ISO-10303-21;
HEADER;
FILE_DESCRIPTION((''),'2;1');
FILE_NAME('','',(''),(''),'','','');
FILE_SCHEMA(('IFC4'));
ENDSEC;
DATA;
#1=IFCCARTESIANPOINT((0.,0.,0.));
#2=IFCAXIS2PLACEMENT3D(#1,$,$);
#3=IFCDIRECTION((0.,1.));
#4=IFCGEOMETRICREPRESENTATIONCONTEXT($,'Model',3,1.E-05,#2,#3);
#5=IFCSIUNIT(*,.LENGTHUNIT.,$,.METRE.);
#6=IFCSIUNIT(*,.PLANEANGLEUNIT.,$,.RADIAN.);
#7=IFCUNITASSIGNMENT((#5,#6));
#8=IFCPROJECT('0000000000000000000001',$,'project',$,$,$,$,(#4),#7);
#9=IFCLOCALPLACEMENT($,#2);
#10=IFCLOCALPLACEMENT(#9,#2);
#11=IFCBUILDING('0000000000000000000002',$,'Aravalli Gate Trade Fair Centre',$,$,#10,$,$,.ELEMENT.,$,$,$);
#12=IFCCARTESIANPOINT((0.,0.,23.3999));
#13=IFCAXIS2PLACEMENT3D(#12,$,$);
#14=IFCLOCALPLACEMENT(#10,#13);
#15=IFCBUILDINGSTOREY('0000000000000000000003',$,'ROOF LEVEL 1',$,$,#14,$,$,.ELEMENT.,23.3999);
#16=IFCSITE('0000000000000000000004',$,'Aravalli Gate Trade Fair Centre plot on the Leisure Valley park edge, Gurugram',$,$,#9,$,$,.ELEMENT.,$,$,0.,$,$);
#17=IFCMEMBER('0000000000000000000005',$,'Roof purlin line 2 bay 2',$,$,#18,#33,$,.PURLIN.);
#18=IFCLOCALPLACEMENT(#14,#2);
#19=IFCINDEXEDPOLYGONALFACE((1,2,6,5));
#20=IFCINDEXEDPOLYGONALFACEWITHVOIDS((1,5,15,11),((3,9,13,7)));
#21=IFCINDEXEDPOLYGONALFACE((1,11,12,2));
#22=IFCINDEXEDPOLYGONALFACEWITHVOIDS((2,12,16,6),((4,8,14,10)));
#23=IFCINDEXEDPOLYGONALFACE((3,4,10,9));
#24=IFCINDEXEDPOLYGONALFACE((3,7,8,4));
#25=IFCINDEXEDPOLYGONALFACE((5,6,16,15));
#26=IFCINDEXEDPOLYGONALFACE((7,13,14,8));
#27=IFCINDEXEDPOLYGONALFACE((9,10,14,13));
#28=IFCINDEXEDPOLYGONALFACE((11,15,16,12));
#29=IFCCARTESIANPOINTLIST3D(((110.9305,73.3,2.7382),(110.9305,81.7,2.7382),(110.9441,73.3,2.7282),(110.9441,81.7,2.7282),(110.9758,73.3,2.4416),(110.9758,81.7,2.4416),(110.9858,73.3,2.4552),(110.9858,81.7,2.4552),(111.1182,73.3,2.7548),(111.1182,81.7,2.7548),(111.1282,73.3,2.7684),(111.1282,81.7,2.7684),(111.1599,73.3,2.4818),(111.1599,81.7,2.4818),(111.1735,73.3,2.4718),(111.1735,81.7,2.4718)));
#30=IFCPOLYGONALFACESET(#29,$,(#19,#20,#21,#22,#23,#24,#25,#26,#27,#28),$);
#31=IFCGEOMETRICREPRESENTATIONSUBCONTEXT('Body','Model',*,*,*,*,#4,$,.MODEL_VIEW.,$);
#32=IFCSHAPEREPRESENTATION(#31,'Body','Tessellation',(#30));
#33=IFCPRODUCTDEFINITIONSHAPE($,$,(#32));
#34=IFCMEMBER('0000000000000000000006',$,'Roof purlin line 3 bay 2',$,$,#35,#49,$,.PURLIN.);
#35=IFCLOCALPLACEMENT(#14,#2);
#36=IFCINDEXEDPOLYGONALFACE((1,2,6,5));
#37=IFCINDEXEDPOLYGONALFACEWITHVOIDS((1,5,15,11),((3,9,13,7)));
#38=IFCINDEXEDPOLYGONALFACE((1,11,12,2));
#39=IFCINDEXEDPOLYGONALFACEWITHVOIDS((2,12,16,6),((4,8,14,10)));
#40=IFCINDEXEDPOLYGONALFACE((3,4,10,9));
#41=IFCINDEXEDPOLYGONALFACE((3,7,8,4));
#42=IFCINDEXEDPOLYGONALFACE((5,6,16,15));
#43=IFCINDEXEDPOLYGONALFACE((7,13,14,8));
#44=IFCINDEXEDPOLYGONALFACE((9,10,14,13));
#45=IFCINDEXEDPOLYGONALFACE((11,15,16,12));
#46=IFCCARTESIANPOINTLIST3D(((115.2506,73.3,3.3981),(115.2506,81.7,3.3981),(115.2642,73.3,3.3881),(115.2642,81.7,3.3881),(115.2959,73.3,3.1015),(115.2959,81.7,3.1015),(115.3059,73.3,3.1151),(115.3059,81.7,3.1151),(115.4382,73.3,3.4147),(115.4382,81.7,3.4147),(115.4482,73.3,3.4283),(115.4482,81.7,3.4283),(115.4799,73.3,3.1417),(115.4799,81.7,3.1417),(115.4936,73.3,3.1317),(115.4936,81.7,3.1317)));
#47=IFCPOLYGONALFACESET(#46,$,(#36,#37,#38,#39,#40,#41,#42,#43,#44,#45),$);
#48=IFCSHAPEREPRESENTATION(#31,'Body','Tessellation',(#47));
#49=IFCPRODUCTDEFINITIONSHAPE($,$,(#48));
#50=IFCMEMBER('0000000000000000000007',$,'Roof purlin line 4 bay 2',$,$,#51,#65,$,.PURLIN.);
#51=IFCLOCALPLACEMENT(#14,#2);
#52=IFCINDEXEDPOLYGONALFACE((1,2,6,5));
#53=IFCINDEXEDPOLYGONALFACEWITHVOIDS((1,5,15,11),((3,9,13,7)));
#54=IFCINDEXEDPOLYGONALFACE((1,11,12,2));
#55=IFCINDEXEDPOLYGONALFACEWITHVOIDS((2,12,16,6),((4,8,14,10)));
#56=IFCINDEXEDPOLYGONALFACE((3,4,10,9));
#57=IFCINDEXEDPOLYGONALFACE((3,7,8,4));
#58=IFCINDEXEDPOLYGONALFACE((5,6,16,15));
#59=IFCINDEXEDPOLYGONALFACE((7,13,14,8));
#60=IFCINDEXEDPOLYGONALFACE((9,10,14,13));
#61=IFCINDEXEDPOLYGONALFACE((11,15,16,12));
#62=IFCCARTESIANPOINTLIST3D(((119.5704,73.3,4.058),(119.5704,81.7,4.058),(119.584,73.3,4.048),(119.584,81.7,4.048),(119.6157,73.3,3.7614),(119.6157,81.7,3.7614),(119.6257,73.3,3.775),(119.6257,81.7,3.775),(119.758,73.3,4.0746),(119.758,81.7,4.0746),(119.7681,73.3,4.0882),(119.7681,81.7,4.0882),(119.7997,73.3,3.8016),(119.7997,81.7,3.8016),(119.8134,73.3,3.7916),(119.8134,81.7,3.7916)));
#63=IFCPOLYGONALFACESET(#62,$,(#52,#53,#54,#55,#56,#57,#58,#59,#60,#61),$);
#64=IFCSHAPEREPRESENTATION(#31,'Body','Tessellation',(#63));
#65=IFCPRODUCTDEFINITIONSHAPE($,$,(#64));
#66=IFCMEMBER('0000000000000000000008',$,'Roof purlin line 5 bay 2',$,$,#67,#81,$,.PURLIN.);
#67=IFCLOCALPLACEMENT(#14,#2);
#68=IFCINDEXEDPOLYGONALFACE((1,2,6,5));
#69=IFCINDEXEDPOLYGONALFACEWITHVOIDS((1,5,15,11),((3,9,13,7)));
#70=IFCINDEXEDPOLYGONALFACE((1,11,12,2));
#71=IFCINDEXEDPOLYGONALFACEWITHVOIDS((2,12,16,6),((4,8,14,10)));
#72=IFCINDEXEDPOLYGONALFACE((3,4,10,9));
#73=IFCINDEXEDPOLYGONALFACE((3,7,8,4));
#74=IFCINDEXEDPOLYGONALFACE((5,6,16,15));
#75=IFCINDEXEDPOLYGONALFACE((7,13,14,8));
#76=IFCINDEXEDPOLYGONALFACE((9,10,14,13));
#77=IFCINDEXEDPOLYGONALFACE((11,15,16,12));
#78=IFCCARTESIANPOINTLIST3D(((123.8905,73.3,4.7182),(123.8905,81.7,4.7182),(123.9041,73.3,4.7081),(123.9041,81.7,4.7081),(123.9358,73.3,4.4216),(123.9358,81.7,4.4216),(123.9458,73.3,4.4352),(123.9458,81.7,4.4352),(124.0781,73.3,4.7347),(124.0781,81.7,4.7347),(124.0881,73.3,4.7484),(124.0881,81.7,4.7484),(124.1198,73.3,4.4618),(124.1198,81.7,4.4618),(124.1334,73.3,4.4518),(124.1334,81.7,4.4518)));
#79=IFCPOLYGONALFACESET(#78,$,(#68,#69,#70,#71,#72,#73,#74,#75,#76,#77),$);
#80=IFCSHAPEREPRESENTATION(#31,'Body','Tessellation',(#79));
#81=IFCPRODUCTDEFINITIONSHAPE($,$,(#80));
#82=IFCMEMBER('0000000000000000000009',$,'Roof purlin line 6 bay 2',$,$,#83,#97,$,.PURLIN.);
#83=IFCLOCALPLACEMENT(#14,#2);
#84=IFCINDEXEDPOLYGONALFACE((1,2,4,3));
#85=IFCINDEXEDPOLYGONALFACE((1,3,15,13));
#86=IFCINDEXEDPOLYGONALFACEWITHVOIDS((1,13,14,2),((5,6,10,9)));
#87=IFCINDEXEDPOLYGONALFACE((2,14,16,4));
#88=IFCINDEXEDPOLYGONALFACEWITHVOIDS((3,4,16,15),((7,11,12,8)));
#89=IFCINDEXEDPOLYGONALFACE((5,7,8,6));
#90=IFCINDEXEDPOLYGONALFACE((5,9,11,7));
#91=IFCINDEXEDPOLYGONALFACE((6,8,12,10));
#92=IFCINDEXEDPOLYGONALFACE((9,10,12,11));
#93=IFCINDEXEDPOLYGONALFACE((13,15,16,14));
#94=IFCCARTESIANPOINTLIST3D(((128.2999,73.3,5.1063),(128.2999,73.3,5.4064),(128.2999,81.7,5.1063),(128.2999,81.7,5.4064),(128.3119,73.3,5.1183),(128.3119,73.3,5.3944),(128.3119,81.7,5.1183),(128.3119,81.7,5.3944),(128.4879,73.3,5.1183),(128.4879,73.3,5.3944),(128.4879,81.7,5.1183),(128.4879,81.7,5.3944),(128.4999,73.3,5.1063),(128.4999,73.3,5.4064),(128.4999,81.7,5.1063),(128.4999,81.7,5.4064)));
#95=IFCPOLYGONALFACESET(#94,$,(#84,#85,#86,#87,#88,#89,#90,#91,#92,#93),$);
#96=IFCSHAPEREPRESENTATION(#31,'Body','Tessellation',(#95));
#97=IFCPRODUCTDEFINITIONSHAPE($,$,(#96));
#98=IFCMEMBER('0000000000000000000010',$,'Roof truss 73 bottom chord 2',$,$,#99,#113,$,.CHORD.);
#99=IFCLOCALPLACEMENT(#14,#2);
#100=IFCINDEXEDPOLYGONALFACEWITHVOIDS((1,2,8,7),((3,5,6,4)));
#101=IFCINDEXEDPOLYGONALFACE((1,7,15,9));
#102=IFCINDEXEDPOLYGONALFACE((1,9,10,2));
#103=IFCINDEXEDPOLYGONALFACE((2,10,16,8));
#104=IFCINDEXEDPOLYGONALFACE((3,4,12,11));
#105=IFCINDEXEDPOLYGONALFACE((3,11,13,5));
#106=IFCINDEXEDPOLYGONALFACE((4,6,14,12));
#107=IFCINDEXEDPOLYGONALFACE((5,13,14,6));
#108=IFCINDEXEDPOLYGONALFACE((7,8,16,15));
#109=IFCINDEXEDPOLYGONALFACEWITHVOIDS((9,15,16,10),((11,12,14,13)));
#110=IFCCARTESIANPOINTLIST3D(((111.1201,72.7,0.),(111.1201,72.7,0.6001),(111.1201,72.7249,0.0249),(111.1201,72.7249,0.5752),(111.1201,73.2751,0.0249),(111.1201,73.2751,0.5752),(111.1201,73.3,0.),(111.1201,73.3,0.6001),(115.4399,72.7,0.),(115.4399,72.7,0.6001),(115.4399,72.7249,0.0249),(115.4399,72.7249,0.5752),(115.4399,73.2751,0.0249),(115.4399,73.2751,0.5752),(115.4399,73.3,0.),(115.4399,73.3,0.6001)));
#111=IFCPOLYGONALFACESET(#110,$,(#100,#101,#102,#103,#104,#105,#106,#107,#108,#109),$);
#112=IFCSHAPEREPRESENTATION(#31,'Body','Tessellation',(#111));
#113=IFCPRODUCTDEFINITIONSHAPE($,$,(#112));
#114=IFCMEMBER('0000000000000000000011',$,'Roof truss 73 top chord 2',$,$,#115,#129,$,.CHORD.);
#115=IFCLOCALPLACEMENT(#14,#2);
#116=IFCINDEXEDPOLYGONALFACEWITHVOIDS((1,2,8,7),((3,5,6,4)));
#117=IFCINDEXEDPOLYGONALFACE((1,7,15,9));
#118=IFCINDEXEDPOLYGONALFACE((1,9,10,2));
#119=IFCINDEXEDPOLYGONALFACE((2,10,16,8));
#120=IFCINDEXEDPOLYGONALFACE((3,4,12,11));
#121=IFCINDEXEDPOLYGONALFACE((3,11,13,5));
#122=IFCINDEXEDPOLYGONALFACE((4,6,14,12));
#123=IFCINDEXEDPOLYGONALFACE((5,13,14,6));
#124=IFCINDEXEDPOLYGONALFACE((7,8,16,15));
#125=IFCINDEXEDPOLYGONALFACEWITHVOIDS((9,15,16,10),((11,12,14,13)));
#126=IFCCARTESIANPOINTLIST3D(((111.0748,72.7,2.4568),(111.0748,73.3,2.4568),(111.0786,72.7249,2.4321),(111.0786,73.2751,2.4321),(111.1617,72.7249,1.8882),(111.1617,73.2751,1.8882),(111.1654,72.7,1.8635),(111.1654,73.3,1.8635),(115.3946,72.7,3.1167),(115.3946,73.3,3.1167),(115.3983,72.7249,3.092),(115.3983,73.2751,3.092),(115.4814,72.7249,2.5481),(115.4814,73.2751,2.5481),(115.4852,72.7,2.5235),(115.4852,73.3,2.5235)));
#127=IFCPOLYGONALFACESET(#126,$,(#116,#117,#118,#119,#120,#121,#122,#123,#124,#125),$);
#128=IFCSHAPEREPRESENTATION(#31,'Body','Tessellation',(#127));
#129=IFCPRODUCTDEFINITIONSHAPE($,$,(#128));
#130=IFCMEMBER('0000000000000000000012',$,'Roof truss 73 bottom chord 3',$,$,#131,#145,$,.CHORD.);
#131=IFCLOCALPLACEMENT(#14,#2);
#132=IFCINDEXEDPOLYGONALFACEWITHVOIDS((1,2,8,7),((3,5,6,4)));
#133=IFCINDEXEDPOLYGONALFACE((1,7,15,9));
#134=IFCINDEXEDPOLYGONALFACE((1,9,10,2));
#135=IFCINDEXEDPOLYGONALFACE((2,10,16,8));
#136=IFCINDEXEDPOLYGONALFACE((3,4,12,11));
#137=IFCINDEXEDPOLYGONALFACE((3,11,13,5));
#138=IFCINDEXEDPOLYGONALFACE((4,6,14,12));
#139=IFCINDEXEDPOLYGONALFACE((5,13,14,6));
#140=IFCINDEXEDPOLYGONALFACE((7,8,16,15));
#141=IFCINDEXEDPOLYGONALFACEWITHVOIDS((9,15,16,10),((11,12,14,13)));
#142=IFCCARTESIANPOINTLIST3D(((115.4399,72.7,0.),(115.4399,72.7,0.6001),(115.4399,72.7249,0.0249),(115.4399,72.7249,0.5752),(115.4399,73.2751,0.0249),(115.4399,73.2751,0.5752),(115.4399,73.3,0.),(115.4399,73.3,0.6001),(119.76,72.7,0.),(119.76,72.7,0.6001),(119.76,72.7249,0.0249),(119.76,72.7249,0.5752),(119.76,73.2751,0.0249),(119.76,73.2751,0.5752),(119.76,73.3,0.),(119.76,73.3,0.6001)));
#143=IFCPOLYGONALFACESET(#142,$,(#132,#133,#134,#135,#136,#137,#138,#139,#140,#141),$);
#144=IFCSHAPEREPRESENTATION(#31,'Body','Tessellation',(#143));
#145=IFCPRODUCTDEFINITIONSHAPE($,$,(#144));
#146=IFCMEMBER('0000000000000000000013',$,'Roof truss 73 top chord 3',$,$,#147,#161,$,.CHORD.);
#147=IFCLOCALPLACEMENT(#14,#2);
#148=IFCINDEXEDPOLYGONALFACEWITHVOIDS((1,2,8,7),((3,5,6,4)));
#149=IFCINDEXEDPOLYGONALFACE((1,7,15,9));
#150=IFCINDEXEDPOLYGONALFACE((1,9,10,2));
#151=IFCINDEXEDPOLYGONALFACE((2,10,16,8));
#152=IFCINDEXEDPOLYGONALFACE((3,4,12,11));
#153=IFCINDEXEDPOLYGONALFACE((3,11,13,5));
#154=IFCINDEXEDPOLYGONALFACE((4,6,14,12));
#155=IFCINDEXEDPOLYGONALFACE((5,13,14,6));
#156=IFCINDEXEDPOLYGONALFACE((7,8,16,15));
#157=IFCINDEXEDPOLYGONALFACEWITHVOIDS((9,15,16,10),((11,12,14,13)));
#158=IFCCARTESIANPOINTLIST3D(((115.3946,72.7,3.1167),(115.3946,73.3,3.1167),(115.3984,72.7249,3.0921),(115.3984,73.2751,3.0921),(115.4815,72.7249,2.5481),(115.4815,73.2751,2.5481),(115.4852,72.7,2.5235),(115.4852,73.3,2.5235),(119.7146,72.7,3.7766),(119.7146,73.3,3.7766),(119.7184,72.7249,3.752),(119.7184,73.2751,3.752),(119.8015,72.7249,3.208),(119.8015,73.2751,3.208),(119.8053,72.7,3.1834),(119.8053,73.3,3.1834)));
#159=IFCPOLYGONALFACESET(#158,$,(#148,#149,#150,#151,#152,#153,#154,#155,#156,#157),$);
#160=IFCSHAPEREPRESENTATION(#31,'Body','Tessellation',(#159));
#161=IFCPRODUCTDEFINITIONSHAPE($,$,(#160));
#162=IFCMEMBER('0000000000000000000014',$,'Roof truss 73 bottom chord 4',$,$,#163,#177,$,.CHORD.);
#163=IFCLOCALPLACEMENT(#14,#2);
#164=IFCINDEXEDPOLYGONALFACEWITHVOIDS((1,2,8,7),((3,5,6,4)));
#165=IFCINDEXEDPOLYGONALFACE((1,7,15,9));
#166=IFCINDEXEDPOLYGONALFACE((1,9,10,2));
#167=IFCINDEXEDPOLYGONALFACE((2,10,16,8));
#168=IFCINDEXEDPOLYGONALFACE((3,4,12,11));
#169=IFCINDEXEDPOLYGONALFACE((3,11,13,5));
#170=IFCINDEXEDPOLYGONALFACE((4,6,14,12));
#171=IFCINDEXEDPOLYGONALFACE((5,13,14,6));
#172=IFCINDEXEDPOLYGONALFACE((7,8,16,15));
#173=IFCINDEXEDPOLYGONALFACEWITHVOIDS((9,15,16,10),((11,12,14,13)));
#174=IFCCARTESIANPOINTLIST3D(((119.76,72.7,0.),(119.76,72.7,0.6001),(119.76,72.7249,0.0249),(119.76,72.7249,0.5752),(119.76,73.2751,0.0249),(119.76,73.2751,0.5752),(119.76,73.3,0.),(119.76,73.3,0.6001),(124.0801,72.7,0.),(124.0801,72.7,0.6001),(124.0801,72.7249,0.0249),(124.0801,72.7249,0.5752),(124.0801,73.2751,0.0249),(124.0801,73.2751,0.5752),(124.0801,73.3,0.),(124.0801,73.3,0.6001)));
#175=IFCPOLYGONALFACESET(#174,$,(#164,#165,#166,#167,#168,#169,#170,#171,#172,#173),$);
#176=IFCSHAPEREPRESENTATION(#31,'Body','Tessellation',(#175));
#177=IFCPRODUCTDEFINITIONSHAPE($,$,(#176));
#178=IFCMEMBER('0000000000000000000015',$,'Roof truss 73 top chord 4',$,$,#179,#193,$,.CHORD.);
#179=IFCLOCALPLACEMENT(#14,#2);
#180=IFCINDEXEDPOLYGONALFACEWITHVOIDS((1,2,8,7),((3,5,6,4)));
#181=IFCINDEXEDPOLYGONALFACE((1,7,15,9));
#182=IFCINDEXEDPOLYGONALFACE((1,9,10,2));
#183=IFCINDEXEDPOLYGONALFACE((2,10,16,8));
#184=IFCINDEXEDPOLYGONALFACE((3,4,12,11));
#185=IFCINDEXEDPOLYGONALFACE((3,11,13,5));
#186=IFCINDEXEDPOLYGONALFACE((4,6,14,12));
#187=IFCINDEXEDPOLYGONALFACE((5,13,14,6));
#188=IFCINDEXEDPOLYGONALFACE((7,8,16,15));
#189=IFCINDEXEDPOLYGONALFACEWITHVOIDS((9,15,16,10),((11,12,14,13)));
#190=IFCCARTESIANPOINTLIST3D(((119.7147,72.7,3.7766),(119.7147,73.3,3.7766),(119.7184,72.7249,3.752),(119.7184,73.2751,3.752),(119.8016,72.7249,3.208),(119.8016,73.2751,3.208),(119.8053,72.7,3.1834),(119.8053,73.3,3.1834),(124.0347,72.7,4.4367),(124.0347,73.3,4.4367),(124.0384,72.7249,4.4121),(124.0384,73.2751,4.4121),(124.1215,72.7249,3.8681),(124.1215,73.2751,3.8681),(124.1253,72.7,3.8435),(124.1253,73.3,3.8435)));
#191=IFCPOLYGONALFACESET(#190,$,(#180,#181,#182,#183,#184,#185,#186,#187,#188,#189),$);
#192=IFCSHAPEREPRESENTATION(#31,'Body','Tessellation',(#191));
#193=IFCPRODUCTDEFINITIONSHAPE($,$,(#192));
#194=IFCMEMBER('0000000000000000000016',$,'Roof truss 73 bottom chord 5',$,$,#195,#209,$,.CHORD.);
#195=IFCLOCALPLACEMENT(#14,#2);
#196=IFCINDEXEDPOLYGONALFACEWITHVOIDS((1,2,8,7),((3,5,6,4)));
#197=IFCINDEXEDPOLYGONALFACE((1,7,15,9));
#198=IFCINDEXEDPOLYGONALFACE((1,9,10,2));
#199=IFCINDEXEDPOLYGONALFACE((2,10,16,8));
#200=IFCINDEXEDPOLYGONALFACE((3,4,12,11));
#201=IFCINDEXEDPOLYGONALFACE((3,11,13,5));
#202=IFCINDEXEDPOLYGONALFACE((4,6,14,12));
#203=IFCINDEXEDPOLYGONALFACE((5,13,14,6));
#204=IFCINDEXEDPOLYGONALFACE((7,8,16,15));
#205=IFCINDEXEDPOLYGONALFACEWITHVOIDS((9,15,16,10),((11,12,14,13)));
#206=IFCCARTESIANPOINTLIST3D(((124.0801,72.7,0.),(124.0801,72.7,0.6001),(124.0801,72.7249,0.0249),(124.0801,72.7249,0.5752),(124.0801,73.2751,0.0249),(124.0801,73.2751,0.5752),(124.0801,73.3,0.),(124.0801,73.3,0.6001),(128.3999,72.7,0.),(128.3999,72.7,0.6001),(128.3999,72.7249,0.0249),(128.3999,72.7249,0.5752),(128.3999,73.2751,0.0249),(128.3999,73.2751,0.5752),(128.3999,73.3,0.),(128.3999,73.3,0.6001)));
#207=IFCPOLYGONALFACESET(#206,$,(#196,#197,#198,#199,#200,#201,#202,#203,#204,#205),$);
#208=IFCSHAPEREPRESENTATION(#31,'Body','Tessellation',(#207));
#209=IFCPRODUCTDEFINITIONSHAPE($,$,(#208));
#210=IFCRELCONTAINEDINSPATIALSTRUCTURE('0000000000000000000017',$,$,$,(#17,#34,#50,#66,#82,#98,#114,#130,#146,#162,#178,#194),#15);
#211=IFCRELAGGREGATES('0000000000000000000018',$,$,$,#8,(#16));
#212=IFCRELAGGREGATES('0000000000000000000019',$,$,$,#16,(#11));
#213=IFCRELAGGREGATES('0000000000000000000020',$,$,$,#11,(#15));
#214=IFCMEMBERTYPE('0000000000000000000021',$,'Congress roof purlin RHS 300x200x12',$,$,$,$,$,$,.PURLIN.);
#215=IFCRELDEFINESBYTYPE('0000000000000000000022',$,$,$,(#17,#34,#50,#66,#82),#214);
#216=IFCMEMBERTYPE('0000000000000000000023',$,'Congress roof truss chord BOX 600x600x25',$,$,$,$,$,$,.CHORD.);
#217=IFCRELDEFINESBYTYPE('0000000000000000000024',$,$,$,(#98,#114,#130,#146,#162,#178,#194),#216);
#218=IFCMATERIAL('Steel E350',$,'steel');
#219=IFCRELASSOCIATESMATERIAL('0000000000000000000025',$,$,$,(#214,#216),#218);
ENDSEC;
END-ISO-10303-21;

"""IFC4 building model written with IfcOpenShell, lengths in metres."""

from ifc_helpers import new_model, si_unit, direction, frame, origin, origin_2d, place, context, subcontext, project, spatial, hollow_rectangle, extrude, material, material_profile, profile_set, type_object, element, save


model = new_model("IFC4")

# Units and contexts
model_context = context("Model", 3, precision=1e-05, world=origin(), true_north=direction((0.0, 1.0)))
body_context = subcontext(model_context, "Body", "Model", "MODEL_VIEW")
ifc_project = project(units=[si_unit("LENGTHUNIT", "METRE"), si_unit("PLANEANGLEUNIT", "RADIAN")], contexts=[model_context])

# Site, building, storey
site_placement = place(None, origin())
site = spatial("IfcSite", under=ifc_project, at=site_placement, Name="Aravalli Gate Trade Fair Centre plot on the Leisure Valley park edge, Gurugram", CompositionType="ELEMENT", RefElevation=0.0)
building_placement = place(site_placement, origin())
building = spatial("IfcBuilding", under=site, at=building_placement, Name="Aravalli Gate Trade Fair Centre", CompositionType="ELEMENT")
storey_placement = place(building_placement, frame((0.0, 0.0, 23.3999)))
storey = spatial("IfcBuildingStorey", under=building, at=storey_placement, Name="ROOF LEVEL 1", CompositionType="ELEMENT", Elevation=23.3999)

# Members
ifc_material = material(Name="Steel E350", Category="steel")
ifc_material_profile_1 = material_profile(ifc_material, hollow_rectangle(XDim=0.2, YDim=0.3, WallThickness=0.012, at=origin_2d()), Name="RHS 300x200x12")
ifc_profile_set_1 = profile_set([ifc_material_profile_1], Name="Steel E350")
member_type_1 = type_object("IfcMemberType", Name="Congress roof purlin RHS 300x200x12", PredefinedType="PURLIN", material=ifc_profile_set_1)
for number, where, z_axis, x_axis, name in (
    (1, (111.052, 73.3, 2.605), (0.0, 1.0, 0.0), (-0.98853, 0.0, -0.151026), "Roof purlin line 2 bay 2"),
    (2, (115.3721, 73.3, 3.2649), (0.0, 1.0, 0.0), (-0.98853, 0.0, -0.151026), "Roof purlin line 3 bay 2"),
    (3, (119.6919, 73.3, 3.9248), (0.0, 1.0, 0.0), (-0.98853, 0.0, -0.151026), "Roof purlin line 4 bay 2"),
    (4, (124.012, 73.3, 4.585), (0.0, 1.0, 0.0), (-0.98853, 0.0, -0.151026), "Roof purlin line 5 bay 2"),
    (5, (128.3999, 73.3, 5.2563), (0.0, 1.0, 0.0), (-1.0, 0.0, 0.0), "Roof purlin line 6 bay 2"),
):
    element("IfcMember", number, at=place(storey_placement, frame(where, z_axis=z_axis, x_axis=x_axis)), inside=storey, type_object=member_type_1, Name=name, PredefinedType="PURLIN", context=body_context, shape_type="SweptSolid", body=[
        extrude(hollow_rectangle(XDim=0.2, YDim=0.3, WallThickness=0.012, at=origin_2d()), origin(), (0.0, 0.0, 1.0), 8.3999),
    ])
ifc_material_profile_2 = material_profile(ifc_material, hollow_rectangle(XDim=0.6001, YDim=0.6001, WallThickness=0.0249, at=origin_2d()), Name="BOX 600x600x25")
ifc_profile_set_2 = profile_set([ifc_material_profile_2], Name="Steel E350")
member_type_2 = type_object("IfcMemberType", Name="Congress roof truss chord BOX 600x600x25", PredefinedType="CHORD", material=ifc_profile_set_2)
member_1_placement = place(storey_placement, frame((111.1201, 73.0, 0.3), z_axis=(1.0, 0.0, 0.0), x_axis=(0.0, 1.0, 0.0)))
element("IfcMember", 6, at=member_1_placement, inside=storey, type_object=member_type_2, Name="Roof truss 73 bottom chord 2", PredefinedType="CHORD", context=body_context, shape_type="SweptSolid", body=[
    extrude(hollow_rectangle(XDim=0.6001, YDim=0.6001, WallThickness=0.0249, at=origin_2d()), origin(), (0.0, 0.0, 1.0), 4.3198),
])
member_2_placement = place(storey_placement, frame((111.1201, 73.0, 2.1602), z_axis=(0.988532, 0.0, 0.151012), x_axis=(0.0, 1.0, 0.0)))
element("IfcMember", 7, at=member_2_placement, inside=storey, type_object=member_type_2, Name="Roof truss 73 top chord 2", PredefinedType="CHORD", context=body_context, shape_type="SweptSolid", body=[
    extrude(hollow_rectangle(XDim=0.6001, YDim=0.6001, WallThickness=0.0249, at=origin_2d()), origin(), (0.0, 0.0, 1.0), 4.3699),
])
member_3_placement = place(storey_placement, frame((115.4399, 73.0, 0.3), z_axis=(1.0, 0.0, 0.0), x_axis=(0.0, 1.0, 0.0)))
element("IfcMember", 8, at=member_3_placement, inside=storey, type_object=member_type_2, Name="Roof truss 73 bottom chord 3", PredefinedType="CHORD", context=body_context, shape_type="SweptSolid", body=[
    extrude(hollow_rectangle(XDim=0.6001, YDim=0.6001, WallThickness=0.0249, at=origin_2d()), origin(), (0.0, 0.0, 1.0), 4.3201),
])
member_4_placement = place(storey_placement, frame((115.4399, 73.0, 2.8201), z_axis=(0.988533, 0.0, 0.151003), x_axis=(0.0, 1.0, 0.0)))
element("IfcMember", 9, at=member_4_placement, inside=storey, type_object=member_type_2, Name="Roof truss 73 top chord 3", PredefinedType="CHORD", context=body_context, shape_type="SweptSolid", body=[
    extrude(hollow_rectangle(XDim=0.6001, YDim=0.6001, WallThickness=0.0249, at=origin_2d()), origin(), (0.0, 0.0, 1.0), 4.3701),
])
member_5_placement = place(storey_placement, frame((119.76, 73.0, 0.3), z_axis=(1.0, 0.0, 0.0), x_axis=(0.0, 1.0, 0.0)))
element("IfcMember", 10, at=member_5_placement, inside=storey, type_object=member_type_2, Name="Roof truss 73 bottom chord 4", PredefinedType="CHORD", context=body_context, shape_type="SweptSolid", body=[
    extrude(hollow_rectangle(XDim=0.6001, YDim=0.6001, WallThickness=0.0249, at=origin_2d()), origin(), (0.0, 0.0, 1.0), 4.3201),
])
member_6_placement = place(storey_placement, frame((119.76, 73.0, 3.48), z_axis=(0.988525, 0.0, 0.151058), x_axis=(0.0, 1.0, 0.0)))
element("IfcMember", 11, at=member_6_placement, inside=storey, type_object=member_type_2, Name="Roof truss 73 top chord 4", PredefinedType="CHORD", context=body_context, shape_type="SweptSolid", body=[
    extrude(hollow_rectangle(XDim=0.6001, YDim=0.6001, WallThickness=0.0249, at=origin_2d()), origin(), (0.0, 0.0, 1.0), 4.3701),
])
member_7_placement = place(storey_placement, frame((124.0801, 73.0, 0.3), z_axis=(1.0, 0.0, 0.0), x_axis=(0.0, 1.0, 0.0)))
element("IfcMember", 12, at=member_7_placement, inside=storey, type_object=member_type_2, Name="Roof truss 73 bottom chord 5", PredefinedType="CHORD", context=body_context, shape_type="SweptSolid", body=[
    extrude(hollow_rectangle(XDim=0.6001, YDim=0.6001, WallThickness=0.0249, at=origin_2d()), origin(), (0.0, 0.0, 1.0), 4.3198),
])

save(model, "model.ifc")
